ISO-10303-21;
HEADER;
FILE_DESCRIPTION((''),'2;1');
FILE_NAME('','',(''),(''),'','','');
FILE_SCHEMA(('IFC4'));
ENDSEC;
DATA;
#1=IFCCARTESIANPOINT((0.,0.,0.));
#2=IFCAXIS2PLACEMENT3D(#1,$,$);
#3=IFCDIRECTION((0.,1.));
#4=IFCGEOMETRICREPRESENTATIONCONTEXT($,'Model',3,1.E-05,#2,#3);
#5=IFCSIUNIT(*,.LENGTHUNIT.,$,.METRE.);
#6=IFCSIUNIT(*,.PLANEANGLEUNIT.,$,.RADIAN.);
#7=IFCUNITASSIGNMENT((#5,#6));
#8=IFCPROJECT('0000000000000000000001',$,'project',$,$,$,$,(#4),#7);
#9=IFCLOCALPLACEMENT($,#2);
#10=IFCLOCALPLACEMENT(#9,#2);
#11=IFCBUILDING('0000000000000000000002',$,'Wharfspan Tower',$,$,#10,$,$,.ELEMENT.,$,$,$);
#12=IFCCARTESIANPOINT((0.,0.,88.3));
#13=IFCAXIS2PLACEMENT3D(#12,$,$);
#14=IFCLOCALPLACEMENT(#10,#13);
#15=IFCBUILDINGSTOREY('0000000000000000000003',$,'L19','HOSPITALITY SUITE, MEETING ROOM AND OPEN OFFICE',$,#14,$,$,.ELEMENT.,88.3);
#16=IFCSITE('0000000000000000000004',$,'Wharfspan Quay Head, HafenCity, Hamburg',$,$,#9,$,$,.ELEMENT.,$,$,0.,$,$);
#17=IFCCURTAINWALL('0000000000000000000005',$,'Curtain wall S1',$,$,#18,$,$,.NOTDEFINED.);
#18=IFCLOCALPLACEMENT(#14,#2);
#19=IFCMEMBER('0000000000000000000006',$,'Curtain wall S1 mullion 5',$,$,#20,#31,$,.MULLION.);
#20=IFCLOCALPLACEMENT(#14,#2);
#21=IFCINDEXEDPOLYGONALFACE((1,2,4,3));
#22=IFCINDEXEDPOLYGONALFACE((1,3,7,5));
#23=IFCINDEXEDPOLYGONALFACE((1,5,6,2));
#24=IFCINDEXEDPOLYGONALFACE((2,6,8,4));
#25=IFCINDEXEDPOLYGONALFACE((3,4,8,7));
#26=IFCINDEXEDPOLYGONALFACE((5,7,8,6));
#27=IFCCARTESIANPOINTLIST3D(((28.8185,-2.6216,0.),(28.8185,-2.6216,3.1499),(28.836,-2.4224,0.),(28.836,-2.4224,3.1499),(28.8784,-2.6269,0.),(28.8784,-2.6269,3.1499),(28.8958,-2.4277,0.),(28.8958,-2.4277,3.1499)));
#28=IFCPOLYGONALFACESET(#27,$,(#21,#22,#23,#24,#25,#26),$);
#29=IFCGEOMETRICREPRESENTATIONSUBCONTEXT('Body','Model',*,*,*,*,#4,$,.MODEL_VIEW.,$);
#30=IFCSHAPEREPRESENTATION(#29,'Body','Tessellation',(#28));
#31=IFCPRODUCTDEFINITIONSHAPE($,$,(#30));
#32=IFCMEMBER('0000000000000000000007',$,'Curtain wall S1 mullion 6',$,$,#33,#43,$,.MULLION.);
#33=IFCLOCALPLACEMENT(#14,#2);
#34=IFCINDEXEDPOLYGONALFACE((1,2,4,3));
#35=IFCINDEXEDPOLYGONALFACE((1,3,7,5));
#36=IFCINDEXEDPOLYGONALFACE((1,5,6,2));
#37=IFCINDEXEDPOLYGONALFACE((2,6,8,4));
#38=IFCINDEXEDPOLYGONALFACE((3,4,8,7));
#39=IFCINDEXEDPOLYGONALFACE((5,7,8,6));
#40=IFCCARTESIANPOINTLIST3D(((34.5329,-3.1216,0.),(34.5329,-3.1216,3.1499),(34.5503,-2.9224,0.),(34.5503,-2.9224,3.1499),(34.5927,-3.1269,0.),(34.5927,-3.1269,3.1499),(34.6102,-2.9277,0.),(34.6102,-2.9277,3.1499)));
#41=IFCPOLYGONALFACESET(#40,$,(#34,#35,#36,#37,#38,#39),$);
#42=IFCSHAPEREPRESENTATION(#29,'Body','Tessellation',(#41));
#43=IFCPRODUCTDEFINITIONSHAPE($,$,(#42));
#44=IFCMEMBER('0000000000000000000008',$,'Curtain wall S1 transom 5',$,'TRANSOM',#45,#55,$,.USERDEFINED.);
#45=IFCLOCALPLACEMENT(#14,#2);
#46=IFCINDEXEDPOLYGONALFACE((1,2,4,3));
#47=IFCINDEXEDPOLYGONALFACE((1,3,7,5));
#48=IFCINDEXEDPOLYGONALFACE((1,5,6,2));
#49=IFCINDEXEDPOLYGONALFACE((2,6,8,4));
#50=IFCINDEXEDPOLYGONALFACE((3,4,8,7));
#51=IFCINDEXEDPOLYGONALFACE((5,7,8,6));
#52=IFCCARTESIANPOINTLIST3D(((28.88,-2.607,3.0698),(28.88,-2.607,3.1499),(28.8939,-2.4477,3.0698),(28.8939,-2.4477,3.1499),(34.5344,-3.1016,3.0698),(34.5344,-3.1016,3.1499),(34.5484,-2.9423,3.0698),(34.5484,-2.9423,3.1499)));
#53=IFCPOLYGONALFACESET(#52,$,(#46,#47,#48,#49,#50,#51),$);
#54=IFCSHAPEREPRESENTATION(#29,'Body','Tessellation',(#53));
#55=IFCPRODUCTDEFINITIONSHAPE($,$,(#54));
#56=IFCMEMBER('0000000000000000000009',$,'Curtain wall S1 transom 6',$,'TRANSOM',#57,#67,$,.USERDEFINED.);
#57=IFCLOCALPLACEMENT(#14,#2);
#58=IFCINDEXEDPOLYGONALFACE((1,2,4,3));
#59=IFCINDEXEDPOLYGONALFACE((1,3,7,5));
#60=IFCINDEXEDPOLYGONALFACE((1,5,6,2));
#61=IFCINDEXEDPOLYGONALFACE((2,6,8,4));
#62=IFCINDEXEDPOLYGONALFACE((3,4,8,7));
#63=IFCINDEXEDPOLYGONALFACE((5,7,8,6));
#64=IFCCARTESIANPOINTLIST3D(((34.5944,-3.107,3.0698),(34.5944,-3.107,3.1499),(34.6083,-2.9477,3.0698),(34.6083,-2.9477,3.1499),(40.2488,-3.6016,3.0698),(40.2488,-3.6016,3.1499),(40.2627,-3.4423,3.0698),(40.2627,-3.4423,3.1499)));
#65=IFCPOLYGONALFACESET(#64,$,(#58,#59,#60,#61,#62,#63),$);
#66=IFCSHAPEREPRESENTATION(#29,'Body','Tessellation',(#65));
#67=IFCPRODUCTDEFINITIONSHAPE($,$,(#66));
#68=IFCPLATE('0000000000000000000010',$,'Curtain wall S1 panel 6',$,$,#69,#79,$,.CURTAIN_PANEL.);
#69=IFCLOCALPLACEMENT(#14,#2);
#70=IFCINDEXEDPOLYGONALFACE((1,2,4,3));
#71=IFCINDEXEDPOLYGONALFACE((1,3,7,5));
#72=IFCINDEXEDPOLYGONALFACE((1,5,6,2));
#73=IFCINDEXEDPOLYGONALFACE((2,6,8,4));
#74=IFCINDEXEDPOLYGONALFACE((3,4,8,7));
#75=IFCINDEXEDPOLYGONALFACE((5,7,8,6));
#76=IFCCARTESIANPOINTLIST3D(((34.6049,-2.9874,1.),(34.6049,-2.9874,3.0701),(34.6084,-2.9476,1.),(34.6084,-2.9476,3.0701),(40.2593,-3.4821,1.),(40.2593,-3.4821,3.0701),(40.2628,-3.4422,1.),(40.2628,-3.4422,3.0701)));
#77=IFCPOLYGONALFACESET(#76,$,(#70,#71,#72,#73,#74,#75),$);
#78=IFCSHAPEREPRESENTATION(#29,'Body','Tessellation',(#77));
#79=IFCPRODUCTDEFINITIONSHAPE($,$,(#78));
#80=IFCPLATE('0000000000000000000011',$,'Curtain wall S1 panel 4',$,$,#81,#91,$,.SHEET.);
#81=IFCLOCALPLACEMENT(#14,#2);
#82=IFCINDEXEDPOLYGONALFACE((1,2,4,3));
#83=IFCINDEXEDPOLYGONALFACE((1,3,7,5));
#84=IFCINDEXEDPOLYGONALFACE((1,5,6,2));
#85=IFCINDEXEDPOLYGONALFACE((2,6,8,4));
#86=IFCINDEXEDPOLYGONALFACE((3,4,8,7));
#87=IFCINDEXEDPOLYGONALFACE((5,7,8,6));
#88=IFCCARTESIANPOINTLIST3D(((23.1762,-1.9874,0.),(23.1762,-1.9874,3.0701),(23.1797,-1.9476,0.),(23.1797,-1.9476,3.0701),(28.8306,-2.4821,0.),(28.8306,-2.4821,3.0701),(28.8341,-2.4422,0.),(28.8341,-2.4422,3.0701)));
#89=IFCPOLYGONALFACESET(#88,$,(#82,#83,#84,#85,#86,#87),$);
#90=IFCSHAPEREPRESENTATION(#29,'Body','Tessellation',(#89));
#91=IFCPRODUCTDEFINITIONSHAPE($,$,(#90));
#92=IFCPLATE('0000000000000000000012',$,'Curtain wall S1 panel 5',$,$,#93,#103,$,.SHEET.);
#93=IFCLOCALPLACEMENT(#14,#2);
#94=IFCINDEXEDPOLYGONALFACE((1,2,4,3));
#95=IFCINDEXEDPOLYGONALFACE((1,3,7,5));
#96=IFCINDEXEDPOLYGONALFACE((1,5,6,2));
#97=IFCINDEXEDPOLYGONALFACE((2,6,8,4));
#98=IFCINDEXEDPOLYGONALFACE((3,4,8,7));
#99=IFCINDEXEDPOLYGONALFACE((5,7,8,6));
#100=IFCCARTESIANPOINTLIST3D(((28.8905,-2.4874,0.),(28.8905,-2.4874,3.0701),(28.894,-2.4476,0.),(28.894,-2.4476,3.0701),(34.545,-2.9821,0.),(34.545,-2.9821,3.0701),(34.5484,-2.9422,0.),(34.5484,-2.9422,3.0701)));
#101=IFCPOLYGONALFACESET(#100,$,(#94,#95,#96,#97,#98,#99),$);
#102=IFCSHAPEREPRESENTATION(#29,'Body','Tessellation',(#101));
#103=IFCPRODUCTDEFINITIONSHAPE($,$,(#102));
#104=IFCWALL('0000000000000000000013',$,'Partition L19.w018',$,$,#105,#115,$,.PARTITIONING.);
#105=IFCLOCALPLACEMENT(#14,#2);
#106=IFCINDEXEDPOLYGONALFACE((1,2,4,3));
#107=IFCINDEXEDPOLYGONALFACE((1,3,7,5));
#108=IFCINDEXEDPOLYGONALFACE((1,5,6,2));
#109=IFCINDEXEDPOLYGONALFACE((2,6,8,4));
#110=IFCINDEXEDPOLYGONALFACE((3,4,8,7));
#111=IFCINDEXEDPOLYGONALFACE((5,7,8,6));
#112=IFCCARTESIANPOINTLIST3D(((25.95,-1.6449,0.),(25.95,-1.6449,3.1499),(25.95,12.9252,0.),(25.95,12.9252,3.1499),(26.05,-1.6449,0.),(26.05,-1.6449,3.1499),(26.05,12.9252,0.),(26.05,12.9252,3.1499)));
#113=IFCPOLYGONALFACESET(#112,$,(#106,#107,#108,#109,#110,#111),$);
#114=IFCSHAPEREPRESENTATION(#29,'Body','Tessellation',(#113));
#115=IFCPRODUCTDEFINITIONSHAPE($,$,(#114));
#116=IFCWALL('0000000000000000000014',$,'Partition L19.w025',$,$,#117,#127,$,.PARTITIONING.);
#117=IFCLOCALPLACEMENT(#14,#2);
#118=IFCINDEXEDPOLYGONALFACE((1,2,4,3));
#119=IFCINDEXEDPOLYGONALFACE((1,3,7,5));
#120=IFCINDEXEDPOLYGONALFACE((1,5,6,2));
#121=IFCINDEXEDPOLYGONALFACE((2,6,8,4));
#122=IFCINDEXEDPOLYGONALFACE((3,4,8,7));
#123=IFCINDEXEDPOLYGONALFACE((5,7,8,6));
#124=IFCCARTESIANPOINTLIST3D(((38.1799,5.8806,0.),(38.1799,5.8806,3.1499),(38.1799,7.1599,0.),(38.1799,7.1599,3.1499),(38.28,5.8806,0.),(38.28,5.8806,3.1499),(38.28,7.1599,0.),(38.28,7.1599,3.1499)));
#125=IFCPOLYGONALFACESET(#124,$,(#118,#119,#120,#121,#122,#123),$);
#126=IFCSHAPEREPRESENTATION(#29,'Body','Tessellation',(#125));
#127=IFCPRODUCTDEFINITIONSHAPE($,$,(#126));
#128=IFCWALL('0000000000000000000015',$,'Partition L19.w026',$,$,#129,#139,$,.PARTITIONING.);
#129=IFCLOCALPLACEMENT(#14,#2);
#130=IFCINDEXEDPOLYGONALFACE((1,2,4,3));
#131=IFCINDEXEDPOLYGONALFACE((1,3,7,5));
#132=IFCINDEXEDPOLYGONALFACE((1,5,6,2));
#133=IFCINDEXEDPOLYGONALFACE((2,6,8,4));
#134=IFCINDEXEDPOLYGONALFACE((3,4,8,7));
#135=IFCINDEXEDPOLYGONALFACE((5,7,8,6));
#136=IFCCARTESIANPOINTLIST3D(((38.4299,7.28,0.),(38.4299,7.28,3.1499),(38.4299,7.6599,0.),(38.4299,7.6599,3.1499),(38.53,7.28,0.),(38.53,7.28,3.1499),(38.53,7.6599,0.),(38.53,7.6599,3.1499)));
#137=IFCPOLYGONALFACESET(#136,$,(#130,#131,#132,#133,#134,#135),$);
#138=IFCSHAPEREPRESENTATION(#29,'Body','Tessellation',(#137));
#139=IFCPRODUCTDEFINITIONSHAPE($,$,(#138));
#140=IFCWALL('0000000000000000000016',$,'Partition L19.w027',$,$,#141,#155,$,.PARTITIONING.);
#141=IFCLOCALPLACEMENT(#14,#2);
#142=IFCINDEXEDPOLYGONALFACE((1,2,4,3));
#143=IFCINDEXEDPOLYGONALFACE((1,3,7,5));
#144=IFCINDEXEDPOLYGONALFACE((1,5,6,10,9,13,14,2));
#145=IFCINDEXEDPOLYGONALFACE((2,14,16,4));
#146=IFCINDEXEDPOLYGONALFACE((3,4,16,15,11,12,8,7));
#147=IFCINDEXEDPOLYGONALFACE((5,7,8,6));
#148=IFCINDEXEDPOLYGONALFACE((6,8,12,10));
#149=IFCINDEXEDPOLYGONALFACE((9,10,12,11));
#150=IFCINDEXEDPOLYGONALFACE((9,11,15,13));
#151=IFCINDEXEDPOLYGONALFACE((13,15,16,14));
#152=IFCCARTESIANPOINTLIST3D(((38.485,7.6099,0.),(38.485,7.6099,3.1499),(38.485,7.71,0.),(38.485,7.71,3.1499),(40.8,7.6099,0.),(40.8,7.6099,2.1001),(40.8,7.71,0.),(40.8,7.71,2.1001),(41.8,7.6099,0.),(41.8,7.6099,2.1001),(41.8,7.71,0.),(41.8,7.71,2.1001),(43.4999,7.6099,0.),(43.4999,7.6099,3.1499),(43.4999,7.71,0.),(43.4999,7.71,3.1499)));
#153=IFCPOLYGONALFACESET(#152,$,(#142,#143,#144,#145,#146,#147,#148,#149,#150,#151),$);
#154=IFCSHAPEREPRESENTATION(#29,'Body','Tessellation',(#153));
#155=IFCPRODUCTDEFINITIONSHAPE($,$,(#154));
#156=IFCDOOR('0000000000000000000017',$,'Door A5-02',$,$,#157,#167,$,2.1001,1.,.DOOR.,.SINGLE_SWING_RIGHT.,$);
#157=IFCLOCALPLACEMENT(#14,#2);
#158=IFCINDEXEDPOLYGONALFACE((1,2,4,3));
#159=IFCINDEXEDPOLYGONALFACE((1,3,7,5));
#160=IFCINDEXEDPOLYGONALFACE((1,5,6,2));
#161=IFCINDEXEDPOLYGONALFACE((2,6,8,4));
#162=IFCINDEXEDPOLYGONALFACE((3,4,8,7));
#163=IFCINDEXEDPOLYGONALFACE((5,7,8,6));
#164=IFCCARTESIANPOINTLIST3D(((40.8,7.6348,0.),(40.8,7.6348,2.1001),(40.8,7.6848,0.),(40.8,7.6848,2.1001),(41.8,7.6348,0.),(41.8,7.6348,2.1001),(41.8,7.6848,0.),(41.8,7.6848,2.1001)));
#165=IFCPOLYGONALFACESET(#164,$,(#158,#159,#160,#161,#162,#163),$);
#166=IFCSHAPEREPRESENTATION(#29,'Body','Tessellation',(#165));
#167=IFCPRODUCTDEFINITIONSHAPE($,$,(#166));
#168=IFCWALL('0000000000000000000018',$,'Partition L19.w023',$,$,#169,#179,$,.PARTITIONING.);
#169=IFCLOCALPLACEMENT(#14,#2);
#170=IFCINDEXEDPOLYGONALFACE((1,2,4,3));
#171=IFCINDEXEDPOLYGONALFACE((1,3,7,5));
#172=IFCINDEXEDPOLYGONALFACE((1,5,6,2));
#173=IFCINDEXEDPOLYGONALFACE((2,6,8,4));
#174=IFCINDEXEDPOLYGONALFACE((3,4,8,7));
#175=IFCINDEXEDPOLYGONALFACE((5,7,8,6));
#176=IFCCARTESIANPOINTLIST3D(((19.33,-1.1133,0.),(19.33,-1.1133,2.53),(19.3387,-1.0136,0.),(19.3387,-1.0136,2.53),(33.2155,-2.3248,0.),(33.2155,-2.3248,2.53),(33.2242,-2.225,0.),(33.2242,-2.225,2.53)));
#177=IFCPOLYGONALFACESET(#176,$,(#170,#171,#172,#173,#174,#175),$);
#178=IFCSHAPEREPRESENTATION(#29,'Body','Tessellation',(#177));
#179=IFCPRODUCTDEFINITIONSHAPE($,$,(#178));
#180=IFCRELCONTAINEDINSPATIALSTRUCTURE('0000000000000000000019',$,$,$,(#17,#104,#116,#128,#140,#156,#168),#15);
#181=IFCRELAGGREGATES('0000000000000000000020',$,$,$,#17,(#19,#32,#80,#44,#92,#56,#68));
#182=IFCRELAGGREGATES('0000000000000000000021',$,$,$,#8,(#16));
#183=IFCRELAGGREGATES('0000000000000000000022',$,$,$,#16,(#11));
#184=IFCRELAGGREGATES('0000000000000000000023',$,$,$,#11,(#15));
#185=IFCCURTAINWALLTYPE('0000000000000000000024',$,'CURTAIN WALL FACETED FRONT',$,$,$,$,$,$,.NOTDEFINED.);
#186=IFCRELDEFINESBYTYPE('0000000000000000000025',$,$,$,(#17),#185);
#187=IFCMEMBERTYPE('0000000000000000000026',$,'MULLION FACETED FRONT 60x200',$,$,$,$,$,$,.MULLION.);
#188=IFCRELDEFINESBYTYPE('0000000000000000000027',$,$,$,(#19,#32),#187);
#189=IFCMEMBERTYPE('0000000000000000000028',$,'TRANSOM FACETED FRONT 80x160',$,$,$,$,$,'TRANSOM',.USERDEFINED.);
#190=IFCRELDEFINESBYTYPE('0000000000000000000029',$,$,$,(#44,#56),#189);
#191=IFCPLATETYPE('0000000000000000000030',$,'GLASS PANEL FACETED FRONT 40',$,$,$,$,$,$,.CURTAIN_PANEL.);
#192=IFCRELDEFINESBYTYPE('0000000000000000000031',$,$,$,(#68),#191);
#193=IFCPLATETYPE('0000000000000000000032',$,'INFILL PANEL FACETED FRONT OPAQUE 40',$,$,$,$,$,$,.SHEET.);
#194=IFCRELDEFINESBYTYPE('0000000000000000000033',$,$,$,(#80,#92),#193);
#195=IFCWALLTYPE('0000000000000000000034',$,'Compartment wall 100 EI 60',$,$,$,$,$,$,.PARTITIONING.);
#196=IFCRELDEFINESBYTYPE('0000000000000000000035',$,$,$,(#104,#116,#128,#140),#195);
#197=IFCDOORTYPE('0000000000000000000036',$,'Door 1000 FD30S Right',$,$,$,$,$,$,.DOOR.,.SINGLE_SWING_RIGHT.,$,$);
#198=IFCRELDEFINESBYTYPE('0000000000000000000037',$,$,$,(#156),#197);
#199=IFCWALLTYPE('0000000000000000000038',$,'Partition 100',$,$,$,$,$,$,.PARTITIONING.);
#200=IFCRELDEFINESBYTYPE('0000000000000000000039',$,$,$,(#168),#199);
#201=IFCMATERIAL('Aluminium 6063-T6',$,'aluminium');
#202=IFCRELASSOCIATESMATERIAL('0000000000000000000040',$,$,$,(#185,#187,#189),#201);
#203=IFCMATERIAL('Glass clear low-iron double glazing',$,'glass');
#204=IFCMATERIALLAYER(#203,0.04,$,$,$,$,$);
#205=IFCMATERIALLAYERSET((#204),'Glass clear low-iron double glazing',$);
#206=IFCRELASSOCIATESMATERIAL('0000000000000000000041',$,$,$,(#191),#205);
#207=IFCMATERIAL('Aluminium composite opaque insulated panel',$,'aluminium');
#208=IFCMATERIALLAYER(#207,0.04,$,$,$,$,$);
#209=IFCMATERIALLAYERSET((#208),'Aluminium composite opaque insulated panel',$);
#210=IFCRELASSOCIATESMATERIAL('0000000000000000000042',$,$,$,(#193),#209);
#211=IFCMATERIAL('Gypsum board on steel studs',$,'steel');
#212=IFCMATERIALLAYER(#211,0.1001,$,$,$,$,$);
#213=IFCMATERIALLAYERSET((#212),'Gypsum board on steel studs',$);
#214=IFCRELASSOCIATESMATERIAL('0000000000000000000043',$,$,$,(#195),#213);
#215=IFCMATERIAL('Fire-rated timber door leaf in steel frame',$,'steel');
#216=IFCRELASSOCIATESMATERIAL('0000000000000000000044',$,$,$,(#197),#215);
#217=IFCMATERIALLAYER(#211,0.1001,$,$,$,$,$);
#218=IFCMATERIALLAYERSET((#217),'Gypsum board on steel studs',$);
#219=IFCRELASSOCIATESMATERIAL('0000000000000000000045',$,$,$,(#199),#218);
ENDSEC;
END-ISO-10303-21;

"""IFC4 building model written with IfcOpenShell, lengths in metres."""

from ifc_helpers import new_model, si_unit, direction, frame, frame_2d, origin, origin_2d, place, context, subcontext, project, spatial, rectangle, extrude, material, layer, layer_set, material_profile, profile_set, type_object, element, fill, aggregate, save


model = new_model("IFC4")

# Units and contexts
model_context = context("Model", 3, precision=1e-05, world=origin(), true_north=direction((0.0, 1.0)))
body_context = subcontext(model_context, "Body", "Model", "MODEL_VIEW")
ifc_project = project(units=[si_unit("LENGTHUNIT", "METRE"), si_unit("PLANEANGLEUNIT", "RADIAN")], contexts=[model_context])

# Site, building, storey
site_placement = place(None, origin())
site = spatial("IfcSite", under=ifc_project, at=site_placement, Name="Wharfspan Quay Head, HafenCity, Hamburg", CompositionType="ELEMENT", RefElevation=0.0)
building_placement = place(site_placement, origin())
building = spatial("IfcBuilding", under=site, at=building_placement, Name="Wharfspan Tower", CompositionType="ELEMENT")
storey_placement = place(building_placement, frame((0.0, 0.0, 88.3)))
storey = spatial("IfcBuildingStorey", under=building, at=storey_placement, Name="L19", Description="HOSPITALITY SUITE, MEETING ROOM AND OPEN OFFICE", CompositionType="ELEMENT", Elevation=88.3)

# Curtain wall, members, plates
ifc_material_1 = material(Name="Aluminium 6063-T6", Category="aluminium")
curtain_wall_type = type_object("IfcCurtainWallType", Name="CURTAIN WALL FACETED FRONT", PredefinedType="NOTDEFINED", material=ifc_material_1)
curtain_wall_placement = place(storey_placement, origin())
curtain_wall = element("IfcCurtainWall", 1, at=curtain_wall_placement, inside=storey, type_object=curtain_wall_type, Name="Curtain wall S1", PredefinedType="NOTDEFINED")
ifc_material_profile_1 = material_profile(ifc_material_1, rectangle(XDim=0.2, YDim=0.0601, at=origin_2d()))
ifc_profile_set_1 = profile_set([ifc_material_profile_1], Name="Aluminium 6063-T6")
member_type_1 = type_object("IfcMemberType", Name="MULLION FACETED FRONT 60x200", PredefinedType="MULLION", material=ifc_profile_set_1)
member_1_placement = place(storey_placement, frame((28.8572, -2.5247, 0.0), z_axis=(0.0, 0.0, 1.0), x_axis=(0.087156, 0.996197, 0.0)))
member_1 = element("IfcMember", 2, at=member_1_placement, type_object=member_type_1, Name="Curtain wall S1 mullion 5", PredefinedType="MULLION", context=body_context, shape_type="SweptSolid", body=[
    extrude(rectangle(XDim=0.2, YDim=0.0601, at=origin_2d()), origin(), (0.0, 0.0, 1.0), 3.1499),
])
member_2_placement = place(storey_placement, frame((34.5715, -3.0247, 0.0), z_axis=(0.0, 0.0, 1.0), x_axis=(0.087156, 0.996197, 0.0)))
member_2 = element("IfcMember", 3, at=member_2_placement, type_object=member_type_1, Name="Curtain wall S1 mullion 6", PredefinedType="MULLION", context=body_context, shape_type="SweptSolid", body=[
    extrude(rectangle(XDim=0.2, YDim=0.0601, at=origin_2d()), origin(), (0.0, 0.0, 1.0), 3.1499),
])
ifc_material_profile_2 = material_profile(ifc_material_1, rectangle(XDim=0.1599, YDim=0.0801, at=origin_2d()))
ifc_profile_set_2 = profile_set([ifc_material_profile_2], Name="Aluminium 6063-T6")
member_type_2 = type_object("IfcMemberType", Name="TRANSOM FACETED FRONT 80x160", ElementType="TRANSOM", PredefinedType="USERDEFINED", material=ifc_profile_set_2)
member_3_placement = place(storey_placement, frame((28.887, -2.5273, 3.1099), z_axis=(0.996196, -0.087142, 0.0), x_axis=(0.087142, 0.996196, 0.0)))
member_3 = element("IfcMember", 4, at=member_3_placement, type_object=member_type_2, Name="Curtain wall S1 transom 5", ObjectType="TRANSOM", PredefinedType="USERDEFINED", context=body_context, shape_type="SweptSolid", body=[
    extrude(rectangle(XDim=0.1599, YDim=0.0801, at=origin_2d()), origin(), (0.0, 0.0, 1.0), 5.676),
])
member_4_placement = place(storey_placement, frame((34.6013, -3.0273, 3.1099), z_axis=(0.996196, -0.087142, 0.0), x_axis=(0.087142, 0.996196, 0.0)))
member_4 = element("IfcMember", 5, at=member_4_placement, type_object=member_type_2, Name="Curtain wall S1 transom 6", ObjectType="TRANSOM", PredefinedType="USERDEFINED", context=body_context, shape_type="SweptSolid", body=[
    extrude(rectangle(XDim=0.1599, YDim=0.0801, at=origin_2d()), origin(), (0.0, 0.0, 1.0), 5.676),
])
ifc_material_2 = material(Name="Glass clear low-iron double glazing", Category="glass")
ifc_layer_1 = layer(ifc_material_2, 0.04)
ifc_layer_set_1 = layer_set([ifc_layer_1], Name="Glass clear low-iron double glazing")
plate_type_1 = type_object("IfcPlateType", Name="GLASS PANEL FACETED FRONT 40", PredefinedType="CURTAIN_PANEL", material=ifc_layer_set_1)
plate_1_placement = place(storey_placement, frame((37.4338, -3.2148, 1.0), z_axis=(0.0, 0.0, 1.0), x_axis=(0.996197, -0.087156, 0.0)))
plate_1 = element("IfcPlate", 6, at=plate_1_placement, type_object=plate_type_1, Name="Curtain wall S1 panel 6", PredefinedType="CURTAIN_PANEL", context=body_context, shape_type="SweptSolid", body=[
    extrude(rectangle(XDim=5.676, YDim=0.04, at=origin_2d()), origin(), (0.0, 0.0, 1.0), 2.0701),
])
ifc_material_3 = material(Name="Aluminium composite opaque insulated panel", Category="aluminium")
ifc_layer_2 = layer(ifc_material_3, 0.04)
ifc_layer_set_2 = layer_set([ifc_layer_2], Name="Aluminium composite opaque insulated panel")
plate_type_2 = type_object("IfcPlateType", Name="INFILL PANEL FACETED FRONT OPAQUE 40", PredefinedType="SHEET", material=ifc_layer_set_2)
plate_2_placement = place(storey_placement, frame((26.0051, -2.2148, 0.0), z_axis=(0.0, 0.0, 1.0), x_axis=(0.996197, -0.087156, 0.0)))
plate_2 = element("IfcPlate", 7, at=plate_2_placement, type_object=plate_type_2, Name="Curtain wall S1 panel 4", PredefinedType="SHEET", context=body_context, shape_type="SweptSolid", body=[
    extrude(rectangle(XDim=5.676, YDim=0.04, at=origin_2d()), origin(), (0.0, 0.0, 1.0), 3.0701),
])
plate_3_placement = place(storey_placement, frame((31.7195, -2.7148, 0.0), z_axis=(0.0, 0.0, 1.0), x_axis=(0.996197, -0.087156, 0.0)))
plate_3 = element("IfcPlate", 8, at=plate_3_placement, type_object=plate_type_2, Name="Curtain wall S1 panel 5", PredefinedType="SHEET", context=body_context, shape_type="SweptSolid", body=[
    extrude(rectangle(XDim=5.676, YDim=0.04, at=origin_2d()), origin(), (0.0, 0.0, 1.0), 3.0701),
])
aggregate(curtain_wall, [member_1, member_2, plate_2, member_3, plate_3, member_4, plate_1])

# Walls
ifc_material_4 = material(Name="Gypsum board on steel studs", Category="steel")
ifc_layer_3 = layer(ifc_material_4, 0.1001)
ifc_layer_set_3 = layer_set([ifc_layer_3], Name="Gypsum board on steel studs")
wall_type_1 = type_object("IfcWallType", Name="Compartment wall 100 EI 60", PredefinedType="PARTITIONING", material=ifc_layer_set_3)
wall_1_placement = place(storey_placement, frame((26.0, -1.645, 0.0), z_axis=(0.0, 0.0, 1.0), x_axis=(0.0, 1.0, 0.0)))
element("IfcWall", 9, at=wall_1_placement, inside=storey, type_object=wall_type_1, Name="Partition L19.w018", PredefinedType="PARTITIONING", context=body_context, shape_type="SweptSolid", body=[
    extrude(rectangle(XDim=14.5701, YDim=0.1001, at=frame_2d((7.2852, 0.0))), origin(), (0.0, 0.0, 1.0), 3.1499),
])
wall_2_placement = place(storey_placement, frame((38.23, 5.8806, 0.0), z_axis=(0.0, 0.0, 1.0), x_axis=(0.0, 1.0, 0.0)))
element("IfcWall", 10, at=wall_2_placement, inside=storey, type_object=wall_type_1, Name="Partition L19.w025", PredefinedType="PARTITIONING", context=body_context, shape_type="SweptSolid", body=[
    extrude(rectangle(XDim=1.2793, YDim=0.1001, at=frame_2d((0.6396, 0.0))), origin(), (0.0, 0.0, 1.0), 3.1499),
])
wall_3_placement = place(storey_placement, frame((38.48, 7.28, 0.0), z_axis=(0.0, 0.0, 1.0), x_axis=(0.0, 1.0, 0.0)))
element("IfcWall", 11, at=wall_3_placement, inside=storey, type_object=wall_type_1, Name="Partition L19.w026", PredefinedType="PARTITIONING", context=body_context, shape_type="SweptSolid", body=[
    extrude(rectangle(XDim=0.3799, YDim=0.1001, at=frame_2d((0.1899, 0.0))), origin(), (0.0, 0.0, 1.0), 3.1499),
])

# Wall, opening, door
wall_4_placement = place(storey_placement, frame((38.4851, 7.6599, 0.0), z_axis=(0.0, 0.0, 1.0), x_axis=(1.0, 0.0, 0.0)))
wall_4 = element("IfcWall", 12, at=wall_4_placement, inside=storey, type_object=wall_type_1, Name="Partition L19.w027", PredefinedType="PARTITIONING", context=body_context, shape_type="SweptSolid", body=[
    extrude(rectangle(XDim=5.0149, YDim=0.1001, at=frame_2d((2.5073, 0.0))), origin(), (0.0, 0.0, 1.0), 3.1499),
])
opening_1_placement = place(wall_4_placement, frame((2.3149, 0.0, 0.0)))
opening_1 = element("IfcOpeningElement", 13, at=opening_1_placement, cuts=wall_4, PredefinedType="OPENING", context=body_context, shape_type="SweptSolid", body=[
    extrude(rectangle(XDim=1.0, YDim=2.1001, at=frame_2d((0.5, 1.05))), frame((0.0, 0.0601, 0.0), z_axis=(0.0, -1.0, 0.0), x_axis=(1.0, 0.0, 0.0)), (0.0, 0.0, 1.0), 0.1201),
])
ifc_material_5 = material(Name="Fire-rated timber door leaf in steel frame", Category="steel")
door_type_1 = type_object("IfcDoorType", Name="Door 1000 FD30S Right", OperationType="SINGLE_SWING_RIGHT", PredefinedType="DOOR", material=ifc_material_5)
door_1_placement = place(opening_1_placement, origin())
door_1 = element("IfcDoor", 14, at=door_1_placement, inside=storey, type_object=door_type_1, Name="Door A5-02", OperationType="SINGLE_SWING_RIGHT", OverallHeight=2.1001, OverallWidth=1.0, PredefinedType="DOOR", context=body_context, shape_type="SweptSolid", body=[
    extrude(rectangle(XDim=1.0, YDim=2.1001, at=frame_2d((0.5, 1.05))), frame((0.0, 0.0249, 0.0), z_axis=(0.0, -1.0, 0.0), x_axis=(1.0, 0.0, 0.0)), (0.0, 0.0, 1.0), 0.05),
])
fill(opening_1, door_1)

# Wall
ifc_layer_4 = layer(ifc_material_4, 0.1001)
ifc_layer_set_4 = layer_set([ifc_layer_4], Name="Gypsum board on steel studs")
wall_type_2 = type_object("IfcWallType", Name="Partition 100", PredefinedType="PARTITIONING", material=ifc_layer_set_4)
wall_5_placement = place(storey_placement, frame((33.22, -2.2749, 0.0), z_axis=(0.0, 0.0, 1.0), x_axis=(-0.996218, 0.086914, 0.0)))
element("IfcWall", 15, at=wall_5_placement, inside=storey, type_object=wall_type_2, Name="Partition L19.w023", PredefinedType="PARTITIONING", context=body_context, shape_type="SweptSolid", body=[
    extrude(rectangle(XDim=13.9382, YDim=0.1001, at=frame_2d((6.9692, 0.0))), origin(), (0.0, 0.0, 1.0), 2.53),
])

save(model, "model.ifc")
